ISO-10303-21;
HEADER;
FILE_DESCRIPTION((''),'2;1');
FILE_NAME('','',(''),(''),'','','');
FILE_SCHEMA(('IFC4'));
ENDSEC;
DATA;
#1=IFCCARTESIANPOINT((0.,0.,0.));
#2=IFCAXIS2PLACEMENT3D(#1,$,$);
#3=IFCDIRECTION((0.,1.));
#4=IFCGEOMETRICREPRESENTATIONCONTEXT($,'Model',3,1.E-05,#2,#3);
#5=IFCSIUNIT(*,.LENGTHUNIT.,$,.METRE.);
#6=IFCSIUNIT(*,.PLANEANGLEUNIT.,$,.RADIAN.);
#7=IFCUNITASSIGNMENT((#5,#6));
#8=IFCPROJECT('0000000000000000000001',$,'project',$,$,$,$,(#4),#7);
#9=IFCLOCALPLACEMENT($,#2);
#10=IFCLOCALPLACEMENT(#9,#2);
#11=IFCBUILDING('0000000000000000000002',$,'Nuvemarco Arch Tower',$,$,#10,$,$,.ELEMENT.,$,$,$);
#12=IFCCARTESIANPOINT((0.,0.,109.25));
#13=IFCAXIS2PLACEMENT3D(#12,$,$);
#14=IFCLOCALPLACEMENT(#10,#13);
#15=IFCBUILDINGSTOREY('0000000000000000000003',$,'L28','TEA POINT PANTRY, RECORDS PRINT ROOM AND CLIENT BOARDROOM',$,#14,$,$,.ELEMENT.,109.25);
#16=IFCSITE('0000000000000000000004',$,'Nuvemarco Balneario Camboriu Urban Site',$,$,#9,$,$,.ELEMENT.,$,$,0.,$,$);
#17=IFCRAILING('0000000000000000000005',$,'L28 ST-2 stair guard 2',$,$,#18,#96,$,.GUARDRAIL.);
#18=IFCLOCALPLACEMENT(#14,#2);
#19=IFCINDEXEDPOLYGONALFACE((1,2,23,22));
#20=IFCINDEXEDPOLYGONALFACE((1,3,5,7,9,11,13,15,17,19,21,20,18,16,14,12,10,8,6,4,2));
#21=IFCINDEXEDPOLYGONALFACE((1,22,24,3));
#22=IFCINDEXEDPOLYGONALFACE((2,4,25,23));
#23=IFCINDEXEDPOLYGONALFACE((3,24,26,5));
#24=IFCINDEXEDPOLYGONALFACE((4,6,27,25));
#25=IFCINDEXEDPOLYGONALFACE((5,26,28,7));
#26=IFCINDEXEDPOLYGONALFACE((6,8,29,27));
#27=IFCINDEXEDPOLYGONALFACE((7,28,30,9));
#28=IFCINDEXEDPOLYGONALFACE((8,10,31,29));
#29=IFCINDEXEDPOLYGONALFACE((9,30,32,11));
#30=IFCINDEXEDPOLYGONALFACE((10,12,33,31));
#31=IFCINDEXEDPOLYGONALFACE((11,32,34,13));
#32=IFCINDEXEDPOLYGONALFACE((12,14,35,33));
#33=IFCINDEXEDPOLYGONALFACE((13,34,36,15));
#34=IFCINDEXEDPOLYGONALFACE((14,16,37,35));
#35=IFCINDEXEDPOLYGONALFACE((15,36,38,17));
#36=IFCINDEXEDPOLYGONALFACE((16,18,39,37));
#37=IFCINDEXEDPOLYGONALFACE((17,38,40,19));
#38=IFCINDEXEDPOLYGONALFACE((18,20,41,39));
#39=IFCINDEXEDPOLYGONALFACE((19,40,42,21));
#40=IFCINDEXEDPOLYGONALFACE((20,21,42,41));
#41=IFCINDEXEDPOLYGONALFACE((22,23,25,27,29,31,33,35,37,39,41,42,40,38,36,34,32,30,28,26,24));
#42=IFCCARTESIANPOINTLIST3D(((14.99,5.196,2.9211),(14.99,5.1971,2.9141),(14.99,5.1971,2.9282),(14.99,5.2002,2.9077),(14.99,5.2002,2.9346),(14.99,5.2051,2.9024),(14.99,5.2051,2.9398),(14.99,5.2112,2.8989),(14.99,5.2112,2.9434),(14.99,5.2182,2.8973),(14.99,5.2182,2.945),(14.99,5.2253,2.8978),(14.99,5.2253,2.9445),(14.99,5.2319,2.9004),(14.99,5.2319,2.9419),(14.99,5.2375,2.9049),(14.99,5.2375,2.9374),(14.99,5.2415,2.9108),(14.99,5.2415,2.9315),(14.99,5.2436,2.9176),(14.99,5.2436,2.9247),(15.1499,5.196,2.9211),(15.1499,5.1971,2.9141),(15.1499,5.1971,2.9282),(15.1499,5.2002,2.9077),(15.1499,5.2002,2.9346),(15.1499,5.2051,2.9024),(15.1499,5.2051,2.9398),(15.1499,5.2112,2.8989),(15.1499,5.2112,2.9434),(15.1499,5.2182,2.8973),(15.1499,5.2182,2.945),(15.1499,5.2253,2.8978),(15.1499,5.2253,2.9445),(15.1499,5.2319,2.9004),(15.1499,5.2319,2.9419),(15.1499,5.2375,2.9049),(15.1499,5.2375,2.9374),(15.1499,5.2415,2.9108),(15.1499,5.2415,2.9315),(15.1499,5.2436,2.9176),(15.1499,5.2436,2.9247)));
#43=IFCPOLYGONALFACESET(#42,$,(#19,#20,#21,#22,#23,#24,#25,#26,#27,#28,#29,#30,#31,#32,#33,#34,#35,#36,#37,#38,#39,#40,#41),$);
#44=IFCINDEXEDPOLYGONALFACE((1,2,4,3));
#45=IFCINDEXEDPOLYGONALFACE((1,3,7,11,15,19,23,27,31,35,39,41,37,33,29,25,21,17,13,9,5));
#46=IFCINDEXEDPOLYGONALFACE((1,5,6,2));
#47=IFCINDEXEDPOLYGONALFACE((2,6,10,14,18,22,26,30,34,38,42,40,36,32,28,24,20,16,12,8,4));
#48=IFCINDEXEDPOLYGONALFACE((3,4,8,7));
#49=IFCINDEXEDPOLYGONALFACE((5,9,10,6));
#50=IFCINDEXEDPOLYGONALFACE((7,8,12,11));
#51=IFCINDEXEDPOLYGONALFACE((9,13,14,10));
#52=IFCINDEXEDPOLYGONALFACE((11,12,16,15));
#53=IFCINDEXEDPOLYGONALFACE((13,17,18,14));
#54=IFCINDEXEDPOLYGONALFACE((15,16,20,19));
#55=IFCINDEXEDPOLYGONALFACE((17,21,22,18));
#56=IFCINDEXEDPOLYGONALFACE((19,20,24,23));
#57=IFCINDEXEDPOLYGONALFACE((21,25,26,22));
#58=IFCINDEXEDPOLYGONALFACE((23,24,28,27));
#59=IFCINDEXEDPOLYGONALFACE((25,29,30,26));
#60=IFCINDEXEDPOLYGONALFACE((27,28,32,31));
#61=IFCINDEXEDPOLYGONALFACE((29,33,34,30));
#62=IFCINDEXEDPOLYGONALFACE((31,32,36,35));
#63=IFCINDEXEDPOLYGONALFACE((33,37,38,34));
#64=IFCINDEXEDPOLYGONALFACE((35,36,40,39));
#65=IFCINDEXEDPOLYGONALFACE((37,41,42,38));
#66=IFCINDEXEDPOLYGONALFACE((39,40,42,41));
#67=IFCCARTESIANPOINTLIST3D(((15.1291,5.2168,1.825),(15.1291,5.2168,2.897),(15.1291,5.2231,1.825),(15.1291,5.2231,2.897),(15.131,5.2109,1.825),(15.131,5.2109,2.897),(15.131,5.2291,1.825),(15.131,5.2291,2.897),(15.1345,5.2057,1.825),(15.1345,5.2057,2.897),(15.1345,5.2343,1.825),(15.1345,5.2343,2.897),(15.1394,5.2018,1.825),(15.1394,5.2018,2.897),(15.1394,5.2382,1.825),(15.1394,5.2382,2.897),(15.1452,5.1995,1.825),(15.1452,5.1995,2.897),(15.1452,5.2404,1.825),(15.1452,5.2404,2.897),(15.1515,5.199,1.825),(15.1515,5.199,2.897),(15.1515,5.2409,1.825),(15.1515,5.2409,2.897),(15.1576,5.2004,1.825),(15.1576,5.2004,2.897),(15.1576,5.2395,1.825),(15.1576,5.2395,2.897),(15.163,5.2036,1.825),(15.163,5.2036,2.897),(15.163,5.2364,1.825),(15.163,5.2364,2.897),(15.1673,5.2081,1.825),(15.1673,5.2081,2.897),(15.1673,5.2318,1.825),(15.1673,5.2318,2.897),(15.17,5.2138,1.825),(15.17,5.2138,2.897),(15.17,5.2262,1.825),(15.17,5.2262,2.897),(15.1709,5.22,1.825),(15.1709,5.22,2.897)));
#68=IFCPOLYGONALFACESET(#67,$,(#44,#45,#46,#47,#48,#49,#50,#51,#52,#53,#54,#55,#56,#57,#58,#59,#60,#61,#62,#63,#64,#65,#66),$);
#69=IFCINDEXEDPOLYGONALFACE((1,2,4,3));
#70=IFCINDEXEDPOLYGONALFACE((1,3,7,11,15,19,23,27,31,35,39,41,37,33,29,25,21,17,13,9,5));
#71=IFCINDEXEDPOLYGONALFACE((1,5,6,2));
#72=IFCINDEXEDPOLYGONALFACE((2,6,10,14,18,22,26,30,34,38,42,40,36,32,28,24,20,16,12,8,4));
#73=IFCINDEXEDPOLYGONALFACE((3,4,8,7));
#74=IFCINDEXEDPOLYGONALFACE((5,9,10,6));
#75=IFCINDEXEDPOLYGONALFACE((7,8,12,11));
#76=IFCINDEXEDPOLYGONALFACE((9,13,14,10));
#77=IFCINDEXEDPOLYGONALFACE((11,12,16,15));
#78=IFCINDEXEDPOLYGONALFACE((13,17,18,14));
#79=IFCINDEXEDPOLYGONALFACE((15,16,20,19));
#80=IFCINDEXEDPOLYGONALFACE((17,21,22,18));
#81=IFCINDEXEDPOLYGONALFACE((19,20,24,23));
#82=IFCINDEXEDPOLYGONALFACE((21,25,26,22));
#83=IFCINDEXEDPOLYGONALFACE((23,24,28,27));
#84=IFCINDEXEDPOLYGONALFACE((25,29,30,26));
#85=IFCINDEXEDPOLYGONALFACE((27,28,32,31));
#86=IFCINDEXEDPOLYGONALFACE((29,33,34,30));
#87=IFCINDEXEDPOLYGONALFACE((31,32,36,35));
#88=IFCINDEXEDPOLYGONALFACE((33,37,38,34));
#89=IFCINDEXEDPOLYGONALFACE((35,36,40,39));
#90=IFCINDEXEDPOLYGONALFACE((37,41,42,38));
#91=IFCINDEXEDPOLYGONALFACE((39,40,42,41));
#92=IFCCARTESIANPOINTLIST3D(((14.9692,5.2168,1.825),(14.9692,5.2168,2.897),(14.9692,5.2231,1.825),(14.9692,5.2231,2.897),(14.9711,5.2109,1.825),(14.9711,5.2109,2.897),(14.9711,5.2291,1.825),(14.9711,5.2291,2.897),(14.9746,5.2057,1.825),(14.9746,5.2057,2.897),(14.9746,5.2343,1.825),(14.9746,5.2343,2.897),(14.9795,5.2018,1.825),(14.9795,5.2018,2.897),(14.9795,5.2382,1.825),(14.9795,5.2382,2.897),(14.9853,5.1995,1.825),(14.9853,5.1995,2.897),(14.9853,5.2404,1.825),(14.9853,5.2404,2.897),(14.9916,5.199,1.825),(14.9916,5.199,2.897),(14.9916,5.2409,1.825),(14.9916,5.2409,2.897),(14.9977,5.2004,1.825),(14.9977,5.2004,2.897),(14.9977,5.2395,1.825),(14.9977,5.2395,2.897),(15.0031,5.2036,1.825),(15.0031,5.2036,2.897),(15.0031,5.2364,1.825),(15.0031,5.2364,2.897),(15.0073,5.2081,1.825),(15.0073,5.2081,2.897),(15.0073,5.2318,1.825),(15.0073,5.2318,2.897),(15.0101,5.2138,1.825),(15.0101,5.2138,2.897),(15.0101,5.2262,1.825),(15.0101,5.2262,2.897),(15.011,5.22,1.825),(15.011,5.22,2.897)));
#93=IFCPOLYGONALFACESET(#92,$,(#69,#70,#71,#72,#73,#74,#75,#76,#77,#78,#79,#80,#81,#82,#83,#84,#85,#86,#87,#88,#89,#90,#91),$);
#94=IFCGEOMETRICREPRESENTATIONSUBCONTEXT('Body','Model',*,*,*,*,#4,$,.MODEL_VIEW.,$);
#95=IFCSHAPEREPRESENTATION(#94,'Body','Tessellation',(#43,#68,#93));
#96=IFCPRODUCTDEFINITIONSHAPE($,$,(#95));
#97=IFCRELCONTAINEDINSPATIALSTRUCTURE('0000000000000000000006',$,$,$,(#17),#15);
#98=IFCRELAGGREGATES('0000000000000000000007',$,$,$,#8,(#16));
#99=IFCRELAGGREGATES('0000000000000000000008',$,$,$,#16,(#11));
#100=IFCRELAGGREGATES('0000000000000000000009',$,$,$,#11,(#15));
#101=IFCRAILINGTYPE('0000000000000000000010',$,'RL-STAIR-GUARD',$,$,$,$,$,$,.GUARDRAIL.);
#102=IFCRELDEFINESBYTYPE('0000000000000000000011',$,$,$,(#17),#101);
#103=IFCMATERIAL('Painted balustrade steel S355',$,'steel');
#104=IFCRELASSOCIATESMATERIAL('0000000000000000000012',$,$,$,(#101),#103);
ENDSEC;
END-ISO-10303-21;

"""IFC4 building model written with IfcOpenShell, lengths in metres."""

from ifc_helpers import new_model, si_unit, direction, frame, origin, origin_2d, place, context, subcontext, project, spatial, circle, extrude, material, type_object, element, save


model = new_model("IFC4")

# Units and contexts
model_context = context("Model", 3, precision=1e-05, world=origin(), true_north=direction((0.0, 1.0)))
body_context = subcontext(model_context, "Body", "Model", "MODEL_VIEW")
ifc_project = project(units=[si_unit("LENGTHUNIT", "METRE"), si_unit("PLANEANGLEUNIT", "RADIAN")], contexts=[model_context])

# Site, building, storey
site_placement = place(None, origin())
site = spatial("IfcSite", under=ifc_project, at=site_placement, Name="Nuvemarco Balneario Camboriu Urban Site", CompositionType="ELEMENT", RefElevation=0.0)
building_placement = place(site_placement, origin())
building = spatial("IfcBuilding", under=site, at=building_placement, Name="Nuvemarco Arch Tower", CompositionType="ELEMENT")
storey_placement = place(building_placement, frame((0.0, 0.0, 109.25)))
storey = spatial("IfcBuildingStorey", under=building, at=storey_placement, Name="L28", Description="TEA POINT PANTRY, RECORDS PRINT ROOM AND CLIENT BOARDROOM", CompositionType="ELEMENT", Elevation=109.25)

# Railing
ifc_material_1 = material(Name="Painted balustrade steel S355", Category="steel")
railing_type_1 = type_object("IfcRailingType", Name="RL-STAIR-GUARD", PredefinedType="GUARDRAIL", material=ifc_material_1)
railing_1_placement = place(storey_placement, frame((15.1499, 5.22, 1.825)))
element("IfcRailing", 1, at=railing_1_placement, inside=storey, type_object=railing_type_1, Name="L28 ST-2 stair guard 2", PredefinedType="GUARDRAIL", context=body_context, shape_type="SweptSolid", body=[
    extrude(circle(Radius=0.0239, at=origin_2d()), frame((0.0, 0.0, 1.0962), z_axis=(-1.0, 0.0, 0.0), x_axis=(0.0, -1.0, 0.0)), (0.0, 0.0, 1.0), 0.1599),
    extrude(circle(Radius=0.021, at=origin_2d()), origin(), (0.0, 0.0, 1.0), 1.072),
    extrude(circle(Radius=0.021, at=origin_2d()), frame((-0.1599, 0.0, 0.0)), (0.0, 0.0, 1.0), 1.072),
])

save(model, "model.ifc")
